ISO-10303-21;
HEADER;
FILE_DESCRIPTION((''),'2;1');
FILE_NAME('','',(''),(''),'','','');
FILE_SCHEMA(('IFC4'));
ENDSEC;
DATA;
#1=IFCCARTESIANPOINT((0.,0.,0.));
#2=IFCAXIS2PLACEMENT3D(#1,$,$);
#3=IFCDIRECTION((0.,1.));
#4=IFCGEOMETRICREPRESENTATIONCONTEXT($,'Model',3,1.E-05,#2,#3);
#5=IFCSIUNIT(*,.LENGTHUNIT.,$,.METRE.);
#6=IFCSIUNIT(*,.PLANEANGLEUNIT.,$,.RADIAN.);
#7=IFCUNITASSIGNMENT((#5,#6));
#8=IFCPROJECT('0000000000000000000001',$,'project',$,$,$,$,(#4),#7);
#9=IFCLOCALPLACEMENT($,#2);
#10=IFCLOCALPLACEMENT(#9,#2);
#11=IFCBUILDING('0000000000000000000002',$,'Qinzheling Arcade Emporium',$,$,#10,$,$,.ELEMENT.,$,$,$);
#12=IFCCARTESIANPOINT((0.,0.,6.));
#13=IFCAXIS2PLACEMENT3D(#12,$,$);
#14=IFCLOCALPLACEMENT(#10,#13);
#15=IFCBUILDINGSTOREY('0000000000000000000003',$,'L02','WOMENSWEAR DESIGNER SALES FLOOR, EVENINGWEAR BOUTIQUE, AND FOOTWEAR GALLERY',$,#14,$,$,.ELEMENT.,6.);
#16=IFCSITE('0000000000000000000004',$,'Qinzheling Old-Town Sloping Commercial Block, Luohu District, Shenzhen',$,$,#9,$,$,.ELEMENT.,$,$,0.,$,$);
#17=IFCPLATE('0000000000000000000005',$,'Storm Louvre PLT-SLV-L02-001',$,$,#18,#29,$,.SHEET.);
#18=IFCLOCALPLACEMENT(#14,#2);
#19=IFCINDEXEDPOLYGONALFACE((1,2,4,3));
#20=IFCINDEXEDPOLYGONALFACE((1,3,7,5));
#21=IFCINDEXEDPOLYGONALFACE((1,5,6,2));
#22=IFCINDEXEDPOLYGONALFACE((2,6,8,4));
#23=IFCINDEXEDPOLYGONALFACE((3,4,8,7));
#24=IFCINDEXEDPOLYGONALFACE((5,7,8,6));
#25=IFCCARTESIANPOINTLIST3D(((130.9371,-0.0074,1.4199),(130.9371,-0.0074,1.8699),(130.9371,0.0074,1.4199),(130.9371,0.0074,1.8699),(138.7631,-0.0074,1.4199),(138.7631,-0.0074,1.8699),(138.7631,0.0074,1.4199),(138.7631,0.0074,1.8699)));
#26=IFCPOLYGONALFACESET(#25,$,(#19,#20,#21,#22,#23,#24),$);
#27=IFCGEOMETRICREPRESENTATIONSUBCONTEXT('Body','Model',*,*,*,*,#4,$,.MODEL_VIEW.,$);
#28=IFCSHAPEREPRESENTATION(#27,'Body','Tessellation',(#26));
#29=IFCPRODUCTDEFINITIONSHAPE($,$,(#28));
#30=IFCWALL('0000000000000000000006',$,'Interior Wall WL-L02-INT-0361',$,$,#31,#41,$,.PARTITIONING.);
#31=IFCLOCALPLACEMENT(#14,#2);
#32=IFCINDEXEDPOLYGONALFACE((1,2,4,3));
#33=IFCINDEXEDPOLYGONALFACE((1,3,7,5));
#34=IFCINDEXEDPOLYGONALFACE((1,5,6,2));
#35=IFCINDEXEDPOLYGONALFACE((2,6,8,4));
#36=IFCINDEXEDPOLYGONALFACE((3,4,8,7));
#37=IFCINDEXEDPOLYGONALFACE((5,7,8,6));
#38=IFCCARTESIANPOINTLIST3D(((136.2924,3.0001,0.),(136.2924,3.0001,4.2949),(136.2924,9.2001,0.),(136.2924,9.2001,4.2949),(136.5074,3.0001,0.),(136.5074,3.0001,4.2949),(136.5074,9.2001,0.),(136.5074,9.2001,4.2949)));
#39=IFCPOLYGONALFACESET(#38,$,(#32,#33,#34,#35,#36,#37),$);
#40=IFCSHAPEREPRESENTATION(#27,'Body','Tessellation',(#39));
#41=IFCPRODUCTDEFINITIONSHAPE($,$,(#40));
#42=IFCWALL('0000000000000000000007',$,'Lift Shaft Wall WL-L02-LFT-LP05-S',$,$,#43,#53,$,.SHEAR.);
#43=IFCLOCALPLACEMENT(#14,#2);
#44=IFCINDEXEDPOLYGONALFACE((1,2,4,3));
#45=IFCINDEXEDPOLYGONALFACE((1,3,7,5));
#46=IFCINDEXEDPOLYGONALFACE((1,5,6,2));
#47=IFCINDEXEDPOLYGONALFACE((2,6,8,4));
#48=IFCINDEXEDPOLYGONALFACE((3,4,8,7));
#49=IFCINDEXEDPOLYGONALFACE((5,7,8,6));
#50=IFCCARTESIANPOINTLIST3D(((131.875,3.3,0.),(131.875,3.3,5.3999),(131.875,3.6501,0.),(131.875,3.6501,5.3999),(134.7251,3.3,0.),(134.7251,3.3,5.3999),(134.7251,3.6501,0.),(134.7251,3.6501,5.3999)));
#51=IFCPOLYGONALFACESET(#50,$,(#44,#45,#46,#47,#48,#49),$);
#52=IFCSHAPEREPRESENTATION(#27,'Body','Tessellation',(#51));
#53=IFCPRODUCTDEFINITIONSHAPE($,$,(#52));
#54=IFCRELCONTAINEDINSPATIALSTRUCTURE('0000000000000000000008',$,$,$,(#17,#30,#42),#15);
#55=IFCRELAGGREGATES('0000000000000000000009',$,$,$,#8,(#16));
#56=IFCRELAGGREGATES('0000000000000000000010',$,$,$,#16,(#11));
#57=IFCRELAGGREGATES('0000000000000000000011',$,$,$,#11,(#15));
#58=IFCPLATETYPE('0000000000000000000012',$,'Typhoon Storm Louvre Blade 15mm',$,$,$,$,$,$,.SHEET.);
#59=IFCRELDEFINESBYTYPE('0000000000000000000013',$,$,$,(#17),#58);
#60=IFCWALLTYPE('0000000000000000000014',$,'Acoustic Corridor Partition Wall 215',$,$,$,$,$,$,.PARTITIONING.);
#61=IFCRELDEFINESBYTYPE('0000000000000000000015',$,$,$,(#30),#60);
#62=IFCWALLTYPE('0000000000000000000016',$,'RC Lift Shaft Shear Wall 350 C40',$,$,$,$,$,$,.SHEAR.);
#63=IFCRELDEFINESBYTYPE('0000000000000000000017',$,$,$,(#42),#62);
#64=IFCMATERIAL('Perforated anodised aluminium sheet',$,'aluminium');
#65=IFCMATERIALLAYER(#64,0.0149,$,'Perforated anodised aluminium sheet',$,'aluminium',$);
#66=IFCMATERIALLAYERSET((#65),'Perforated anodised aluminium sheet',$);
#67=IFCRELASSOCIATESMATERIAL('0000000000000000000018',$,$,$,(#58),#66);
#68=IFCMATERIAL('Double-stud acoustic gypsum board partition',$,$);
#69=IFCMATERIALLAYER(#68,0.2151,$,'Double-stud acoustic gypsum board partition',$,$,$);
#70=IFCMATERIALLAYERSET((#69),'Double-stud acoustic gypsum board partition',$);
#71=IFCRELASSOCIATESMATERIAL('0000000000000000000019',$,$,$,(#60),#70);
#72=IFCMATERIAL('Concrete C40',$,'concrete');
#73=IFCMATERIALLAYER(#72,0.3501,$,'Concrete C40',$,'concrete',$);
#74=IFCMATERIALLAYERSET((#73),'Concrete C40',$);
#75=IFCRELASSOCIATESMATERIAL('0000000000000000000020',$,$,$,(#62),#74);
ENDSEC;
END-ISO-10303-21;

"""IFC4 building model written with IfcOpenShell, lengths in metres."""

from ifc_helpers import new_model, si_unit, direction, frame, frame_2d, origin, origin_2d, place, context, subcontext, project, spatial, rectangle, extrude, material, layer, layer_set, type_object, element, save


model = new_model("IFC4")

# Units and contexts
model_context = context("Model", 3, precision=1e-05, world=origin(), true_north=direction((0.0, 1.0)))
body_context = subcontext(model_context, "Body", "Model", "MODEL_VIEW")
ifc_project = project(units=[si_unit("LENGTHUNIT", "METRE"), si_unit("PLANEANGLEUNIT", "RADIAN")], contexts=[model_context])

# Site, building, storey
site_placement = place(None, origin())
site = spatial("IfcSite", under=ifc_project, at=site_placement, Name="Qinzheling Old-Town Sloping Commercial Block, Luohu District, Shenzhen", CompositionType="ELEMENT", RefElevation=0.0)
building_placement = place(site_placement, origin())
building = spatial("IfcBuilding", under=site, at=building_placement, Name="Qinzheling Arcade Emporium", CompositionType="ELEMENT")
storey_placement = place(building_placement, frame((0.0, 0.0, 6.0)))
storey = spatial("IfcBuildingStorey", under=building, at=storey_placement, Name="L02", Description="WOMENSWEAR DESIGNER SALES FLOOR, EVENINGWEAR BOUTIQUE, AND FOOTWEAR GALLERY", CompositionType="ELEMENT", Elevation=6.0)

# Plate
ifc_material_1 = material(Name="Perforated anodised aluminium sheet", Category="aluminium")
ifc_layer_1 = layer(ifc_material_1, 0.0149, Name="Perforated anodised aluminium sheet", Category="aluminium")
ifc_layer_set_1 = layer_set([ifc_layer_1], Name="Perforated anodised aluminium sheet")
plate_type_1 = type_object("IfcPlateType", Name="Typhoon Storm Louvre Blade 15mm", PredefinedType="SHEET", material=ifc_layer_set_1)
plate_1_placement = place(storey_placement, frame((134.8501, 0.0, 1.4199), z_axis=(0.0, 0.0, 1.0), x_axis=(-1.0, 0.0, 0.0)))
element("IfcPlate", 1, at=plate_1_placement, inside=storey, type_object=plate_type_1, Name="Storm Louvre PLT-SLV-L02-001", PredefinedType="SHEET", context=body_context, shape_type="SweptSolid", body=[
    extrude(rectangle(XDim=7.8259, YDim=0.0149, at=origin_2d()), origin(), (0.0, 0.0, 1.0), 0.45),
])

# Walls
ifc_material_2 = material(Name="Double-stud acoustic gypsum board partition")
ifc_layer_2 = layer(ifc_material_2, 0.2151, Name="Double-stud acoustic gypsum board partition")
ifc_layer_set_2 = layer_set([ifc_layer_2], Name="Double-stud acoustic gypsum board partition")
wall_type_1 = type_object("IfcWallType", Name="Acoustic Corridor Partition Wall 215", PredefinedType="PARTITIONING", material=ifc_layer_set_2)
wall_1_placement = place(storey_placement, frame((136.3999, 3.0, 0.0), z_axis=(0.0, 0.0, 1.0), x_axis=(0.0, 1.0, 0.0)))
element("IfcWall", 2, at=wall_1_placement, inside=storey, type_object=wall_type_1, Name="Interior Wall WL-L02-INT-0361", PredefinedType="PARTITIONING", context=body_context, shape_type="SweptSolid", body=[
    extrude(rectangle(XDim=6.2, YDim=0.2151, at=frame_2d((3.1001, 0.0))), origin(), (0.0, 0.0, 1.0), 4.2949),
])
ifc_material_3 = material(Name="Concrete C40", Category="concrete")
ifc_layer_3 = layer(ifc_material_3, 0.3501, Name="Concrete C40", Category="concrete")
ifc_layer_set_3 = layer_set([ifc_layer_3], Name="Concrete C40")
wall_type_2 = type_object("IfcWallType", Name="RC Lift Shaft Shear Wall 350 C40", PredefinedType="SHEAR", material=ifc_layer_set_3)
wall_2_placement = place(storey_placement, frame((134.7251, 3.4751, 0.0), z_axis=(0.0, 0.0, 1.0), x_axis=(-1.0, 0.0, 0.0)))
element("IfcWall", 3, at=wall_2_placement, inside=storey, type_object=wall_type_2, Name="Lift Shaft Wall WL-L02-LFT-LP05-S", PredefinedType="SHEAR", context=body_context, shape_type="SweptSolid", body=[
    extrude(rectangle(XDim=2.8501, YDim=0.3501, at=frame_2d((1.425, 0.0))), origin(), (0.0, 0.0, 1.0), 5.3999),
])

save(model, "model.ifc")
